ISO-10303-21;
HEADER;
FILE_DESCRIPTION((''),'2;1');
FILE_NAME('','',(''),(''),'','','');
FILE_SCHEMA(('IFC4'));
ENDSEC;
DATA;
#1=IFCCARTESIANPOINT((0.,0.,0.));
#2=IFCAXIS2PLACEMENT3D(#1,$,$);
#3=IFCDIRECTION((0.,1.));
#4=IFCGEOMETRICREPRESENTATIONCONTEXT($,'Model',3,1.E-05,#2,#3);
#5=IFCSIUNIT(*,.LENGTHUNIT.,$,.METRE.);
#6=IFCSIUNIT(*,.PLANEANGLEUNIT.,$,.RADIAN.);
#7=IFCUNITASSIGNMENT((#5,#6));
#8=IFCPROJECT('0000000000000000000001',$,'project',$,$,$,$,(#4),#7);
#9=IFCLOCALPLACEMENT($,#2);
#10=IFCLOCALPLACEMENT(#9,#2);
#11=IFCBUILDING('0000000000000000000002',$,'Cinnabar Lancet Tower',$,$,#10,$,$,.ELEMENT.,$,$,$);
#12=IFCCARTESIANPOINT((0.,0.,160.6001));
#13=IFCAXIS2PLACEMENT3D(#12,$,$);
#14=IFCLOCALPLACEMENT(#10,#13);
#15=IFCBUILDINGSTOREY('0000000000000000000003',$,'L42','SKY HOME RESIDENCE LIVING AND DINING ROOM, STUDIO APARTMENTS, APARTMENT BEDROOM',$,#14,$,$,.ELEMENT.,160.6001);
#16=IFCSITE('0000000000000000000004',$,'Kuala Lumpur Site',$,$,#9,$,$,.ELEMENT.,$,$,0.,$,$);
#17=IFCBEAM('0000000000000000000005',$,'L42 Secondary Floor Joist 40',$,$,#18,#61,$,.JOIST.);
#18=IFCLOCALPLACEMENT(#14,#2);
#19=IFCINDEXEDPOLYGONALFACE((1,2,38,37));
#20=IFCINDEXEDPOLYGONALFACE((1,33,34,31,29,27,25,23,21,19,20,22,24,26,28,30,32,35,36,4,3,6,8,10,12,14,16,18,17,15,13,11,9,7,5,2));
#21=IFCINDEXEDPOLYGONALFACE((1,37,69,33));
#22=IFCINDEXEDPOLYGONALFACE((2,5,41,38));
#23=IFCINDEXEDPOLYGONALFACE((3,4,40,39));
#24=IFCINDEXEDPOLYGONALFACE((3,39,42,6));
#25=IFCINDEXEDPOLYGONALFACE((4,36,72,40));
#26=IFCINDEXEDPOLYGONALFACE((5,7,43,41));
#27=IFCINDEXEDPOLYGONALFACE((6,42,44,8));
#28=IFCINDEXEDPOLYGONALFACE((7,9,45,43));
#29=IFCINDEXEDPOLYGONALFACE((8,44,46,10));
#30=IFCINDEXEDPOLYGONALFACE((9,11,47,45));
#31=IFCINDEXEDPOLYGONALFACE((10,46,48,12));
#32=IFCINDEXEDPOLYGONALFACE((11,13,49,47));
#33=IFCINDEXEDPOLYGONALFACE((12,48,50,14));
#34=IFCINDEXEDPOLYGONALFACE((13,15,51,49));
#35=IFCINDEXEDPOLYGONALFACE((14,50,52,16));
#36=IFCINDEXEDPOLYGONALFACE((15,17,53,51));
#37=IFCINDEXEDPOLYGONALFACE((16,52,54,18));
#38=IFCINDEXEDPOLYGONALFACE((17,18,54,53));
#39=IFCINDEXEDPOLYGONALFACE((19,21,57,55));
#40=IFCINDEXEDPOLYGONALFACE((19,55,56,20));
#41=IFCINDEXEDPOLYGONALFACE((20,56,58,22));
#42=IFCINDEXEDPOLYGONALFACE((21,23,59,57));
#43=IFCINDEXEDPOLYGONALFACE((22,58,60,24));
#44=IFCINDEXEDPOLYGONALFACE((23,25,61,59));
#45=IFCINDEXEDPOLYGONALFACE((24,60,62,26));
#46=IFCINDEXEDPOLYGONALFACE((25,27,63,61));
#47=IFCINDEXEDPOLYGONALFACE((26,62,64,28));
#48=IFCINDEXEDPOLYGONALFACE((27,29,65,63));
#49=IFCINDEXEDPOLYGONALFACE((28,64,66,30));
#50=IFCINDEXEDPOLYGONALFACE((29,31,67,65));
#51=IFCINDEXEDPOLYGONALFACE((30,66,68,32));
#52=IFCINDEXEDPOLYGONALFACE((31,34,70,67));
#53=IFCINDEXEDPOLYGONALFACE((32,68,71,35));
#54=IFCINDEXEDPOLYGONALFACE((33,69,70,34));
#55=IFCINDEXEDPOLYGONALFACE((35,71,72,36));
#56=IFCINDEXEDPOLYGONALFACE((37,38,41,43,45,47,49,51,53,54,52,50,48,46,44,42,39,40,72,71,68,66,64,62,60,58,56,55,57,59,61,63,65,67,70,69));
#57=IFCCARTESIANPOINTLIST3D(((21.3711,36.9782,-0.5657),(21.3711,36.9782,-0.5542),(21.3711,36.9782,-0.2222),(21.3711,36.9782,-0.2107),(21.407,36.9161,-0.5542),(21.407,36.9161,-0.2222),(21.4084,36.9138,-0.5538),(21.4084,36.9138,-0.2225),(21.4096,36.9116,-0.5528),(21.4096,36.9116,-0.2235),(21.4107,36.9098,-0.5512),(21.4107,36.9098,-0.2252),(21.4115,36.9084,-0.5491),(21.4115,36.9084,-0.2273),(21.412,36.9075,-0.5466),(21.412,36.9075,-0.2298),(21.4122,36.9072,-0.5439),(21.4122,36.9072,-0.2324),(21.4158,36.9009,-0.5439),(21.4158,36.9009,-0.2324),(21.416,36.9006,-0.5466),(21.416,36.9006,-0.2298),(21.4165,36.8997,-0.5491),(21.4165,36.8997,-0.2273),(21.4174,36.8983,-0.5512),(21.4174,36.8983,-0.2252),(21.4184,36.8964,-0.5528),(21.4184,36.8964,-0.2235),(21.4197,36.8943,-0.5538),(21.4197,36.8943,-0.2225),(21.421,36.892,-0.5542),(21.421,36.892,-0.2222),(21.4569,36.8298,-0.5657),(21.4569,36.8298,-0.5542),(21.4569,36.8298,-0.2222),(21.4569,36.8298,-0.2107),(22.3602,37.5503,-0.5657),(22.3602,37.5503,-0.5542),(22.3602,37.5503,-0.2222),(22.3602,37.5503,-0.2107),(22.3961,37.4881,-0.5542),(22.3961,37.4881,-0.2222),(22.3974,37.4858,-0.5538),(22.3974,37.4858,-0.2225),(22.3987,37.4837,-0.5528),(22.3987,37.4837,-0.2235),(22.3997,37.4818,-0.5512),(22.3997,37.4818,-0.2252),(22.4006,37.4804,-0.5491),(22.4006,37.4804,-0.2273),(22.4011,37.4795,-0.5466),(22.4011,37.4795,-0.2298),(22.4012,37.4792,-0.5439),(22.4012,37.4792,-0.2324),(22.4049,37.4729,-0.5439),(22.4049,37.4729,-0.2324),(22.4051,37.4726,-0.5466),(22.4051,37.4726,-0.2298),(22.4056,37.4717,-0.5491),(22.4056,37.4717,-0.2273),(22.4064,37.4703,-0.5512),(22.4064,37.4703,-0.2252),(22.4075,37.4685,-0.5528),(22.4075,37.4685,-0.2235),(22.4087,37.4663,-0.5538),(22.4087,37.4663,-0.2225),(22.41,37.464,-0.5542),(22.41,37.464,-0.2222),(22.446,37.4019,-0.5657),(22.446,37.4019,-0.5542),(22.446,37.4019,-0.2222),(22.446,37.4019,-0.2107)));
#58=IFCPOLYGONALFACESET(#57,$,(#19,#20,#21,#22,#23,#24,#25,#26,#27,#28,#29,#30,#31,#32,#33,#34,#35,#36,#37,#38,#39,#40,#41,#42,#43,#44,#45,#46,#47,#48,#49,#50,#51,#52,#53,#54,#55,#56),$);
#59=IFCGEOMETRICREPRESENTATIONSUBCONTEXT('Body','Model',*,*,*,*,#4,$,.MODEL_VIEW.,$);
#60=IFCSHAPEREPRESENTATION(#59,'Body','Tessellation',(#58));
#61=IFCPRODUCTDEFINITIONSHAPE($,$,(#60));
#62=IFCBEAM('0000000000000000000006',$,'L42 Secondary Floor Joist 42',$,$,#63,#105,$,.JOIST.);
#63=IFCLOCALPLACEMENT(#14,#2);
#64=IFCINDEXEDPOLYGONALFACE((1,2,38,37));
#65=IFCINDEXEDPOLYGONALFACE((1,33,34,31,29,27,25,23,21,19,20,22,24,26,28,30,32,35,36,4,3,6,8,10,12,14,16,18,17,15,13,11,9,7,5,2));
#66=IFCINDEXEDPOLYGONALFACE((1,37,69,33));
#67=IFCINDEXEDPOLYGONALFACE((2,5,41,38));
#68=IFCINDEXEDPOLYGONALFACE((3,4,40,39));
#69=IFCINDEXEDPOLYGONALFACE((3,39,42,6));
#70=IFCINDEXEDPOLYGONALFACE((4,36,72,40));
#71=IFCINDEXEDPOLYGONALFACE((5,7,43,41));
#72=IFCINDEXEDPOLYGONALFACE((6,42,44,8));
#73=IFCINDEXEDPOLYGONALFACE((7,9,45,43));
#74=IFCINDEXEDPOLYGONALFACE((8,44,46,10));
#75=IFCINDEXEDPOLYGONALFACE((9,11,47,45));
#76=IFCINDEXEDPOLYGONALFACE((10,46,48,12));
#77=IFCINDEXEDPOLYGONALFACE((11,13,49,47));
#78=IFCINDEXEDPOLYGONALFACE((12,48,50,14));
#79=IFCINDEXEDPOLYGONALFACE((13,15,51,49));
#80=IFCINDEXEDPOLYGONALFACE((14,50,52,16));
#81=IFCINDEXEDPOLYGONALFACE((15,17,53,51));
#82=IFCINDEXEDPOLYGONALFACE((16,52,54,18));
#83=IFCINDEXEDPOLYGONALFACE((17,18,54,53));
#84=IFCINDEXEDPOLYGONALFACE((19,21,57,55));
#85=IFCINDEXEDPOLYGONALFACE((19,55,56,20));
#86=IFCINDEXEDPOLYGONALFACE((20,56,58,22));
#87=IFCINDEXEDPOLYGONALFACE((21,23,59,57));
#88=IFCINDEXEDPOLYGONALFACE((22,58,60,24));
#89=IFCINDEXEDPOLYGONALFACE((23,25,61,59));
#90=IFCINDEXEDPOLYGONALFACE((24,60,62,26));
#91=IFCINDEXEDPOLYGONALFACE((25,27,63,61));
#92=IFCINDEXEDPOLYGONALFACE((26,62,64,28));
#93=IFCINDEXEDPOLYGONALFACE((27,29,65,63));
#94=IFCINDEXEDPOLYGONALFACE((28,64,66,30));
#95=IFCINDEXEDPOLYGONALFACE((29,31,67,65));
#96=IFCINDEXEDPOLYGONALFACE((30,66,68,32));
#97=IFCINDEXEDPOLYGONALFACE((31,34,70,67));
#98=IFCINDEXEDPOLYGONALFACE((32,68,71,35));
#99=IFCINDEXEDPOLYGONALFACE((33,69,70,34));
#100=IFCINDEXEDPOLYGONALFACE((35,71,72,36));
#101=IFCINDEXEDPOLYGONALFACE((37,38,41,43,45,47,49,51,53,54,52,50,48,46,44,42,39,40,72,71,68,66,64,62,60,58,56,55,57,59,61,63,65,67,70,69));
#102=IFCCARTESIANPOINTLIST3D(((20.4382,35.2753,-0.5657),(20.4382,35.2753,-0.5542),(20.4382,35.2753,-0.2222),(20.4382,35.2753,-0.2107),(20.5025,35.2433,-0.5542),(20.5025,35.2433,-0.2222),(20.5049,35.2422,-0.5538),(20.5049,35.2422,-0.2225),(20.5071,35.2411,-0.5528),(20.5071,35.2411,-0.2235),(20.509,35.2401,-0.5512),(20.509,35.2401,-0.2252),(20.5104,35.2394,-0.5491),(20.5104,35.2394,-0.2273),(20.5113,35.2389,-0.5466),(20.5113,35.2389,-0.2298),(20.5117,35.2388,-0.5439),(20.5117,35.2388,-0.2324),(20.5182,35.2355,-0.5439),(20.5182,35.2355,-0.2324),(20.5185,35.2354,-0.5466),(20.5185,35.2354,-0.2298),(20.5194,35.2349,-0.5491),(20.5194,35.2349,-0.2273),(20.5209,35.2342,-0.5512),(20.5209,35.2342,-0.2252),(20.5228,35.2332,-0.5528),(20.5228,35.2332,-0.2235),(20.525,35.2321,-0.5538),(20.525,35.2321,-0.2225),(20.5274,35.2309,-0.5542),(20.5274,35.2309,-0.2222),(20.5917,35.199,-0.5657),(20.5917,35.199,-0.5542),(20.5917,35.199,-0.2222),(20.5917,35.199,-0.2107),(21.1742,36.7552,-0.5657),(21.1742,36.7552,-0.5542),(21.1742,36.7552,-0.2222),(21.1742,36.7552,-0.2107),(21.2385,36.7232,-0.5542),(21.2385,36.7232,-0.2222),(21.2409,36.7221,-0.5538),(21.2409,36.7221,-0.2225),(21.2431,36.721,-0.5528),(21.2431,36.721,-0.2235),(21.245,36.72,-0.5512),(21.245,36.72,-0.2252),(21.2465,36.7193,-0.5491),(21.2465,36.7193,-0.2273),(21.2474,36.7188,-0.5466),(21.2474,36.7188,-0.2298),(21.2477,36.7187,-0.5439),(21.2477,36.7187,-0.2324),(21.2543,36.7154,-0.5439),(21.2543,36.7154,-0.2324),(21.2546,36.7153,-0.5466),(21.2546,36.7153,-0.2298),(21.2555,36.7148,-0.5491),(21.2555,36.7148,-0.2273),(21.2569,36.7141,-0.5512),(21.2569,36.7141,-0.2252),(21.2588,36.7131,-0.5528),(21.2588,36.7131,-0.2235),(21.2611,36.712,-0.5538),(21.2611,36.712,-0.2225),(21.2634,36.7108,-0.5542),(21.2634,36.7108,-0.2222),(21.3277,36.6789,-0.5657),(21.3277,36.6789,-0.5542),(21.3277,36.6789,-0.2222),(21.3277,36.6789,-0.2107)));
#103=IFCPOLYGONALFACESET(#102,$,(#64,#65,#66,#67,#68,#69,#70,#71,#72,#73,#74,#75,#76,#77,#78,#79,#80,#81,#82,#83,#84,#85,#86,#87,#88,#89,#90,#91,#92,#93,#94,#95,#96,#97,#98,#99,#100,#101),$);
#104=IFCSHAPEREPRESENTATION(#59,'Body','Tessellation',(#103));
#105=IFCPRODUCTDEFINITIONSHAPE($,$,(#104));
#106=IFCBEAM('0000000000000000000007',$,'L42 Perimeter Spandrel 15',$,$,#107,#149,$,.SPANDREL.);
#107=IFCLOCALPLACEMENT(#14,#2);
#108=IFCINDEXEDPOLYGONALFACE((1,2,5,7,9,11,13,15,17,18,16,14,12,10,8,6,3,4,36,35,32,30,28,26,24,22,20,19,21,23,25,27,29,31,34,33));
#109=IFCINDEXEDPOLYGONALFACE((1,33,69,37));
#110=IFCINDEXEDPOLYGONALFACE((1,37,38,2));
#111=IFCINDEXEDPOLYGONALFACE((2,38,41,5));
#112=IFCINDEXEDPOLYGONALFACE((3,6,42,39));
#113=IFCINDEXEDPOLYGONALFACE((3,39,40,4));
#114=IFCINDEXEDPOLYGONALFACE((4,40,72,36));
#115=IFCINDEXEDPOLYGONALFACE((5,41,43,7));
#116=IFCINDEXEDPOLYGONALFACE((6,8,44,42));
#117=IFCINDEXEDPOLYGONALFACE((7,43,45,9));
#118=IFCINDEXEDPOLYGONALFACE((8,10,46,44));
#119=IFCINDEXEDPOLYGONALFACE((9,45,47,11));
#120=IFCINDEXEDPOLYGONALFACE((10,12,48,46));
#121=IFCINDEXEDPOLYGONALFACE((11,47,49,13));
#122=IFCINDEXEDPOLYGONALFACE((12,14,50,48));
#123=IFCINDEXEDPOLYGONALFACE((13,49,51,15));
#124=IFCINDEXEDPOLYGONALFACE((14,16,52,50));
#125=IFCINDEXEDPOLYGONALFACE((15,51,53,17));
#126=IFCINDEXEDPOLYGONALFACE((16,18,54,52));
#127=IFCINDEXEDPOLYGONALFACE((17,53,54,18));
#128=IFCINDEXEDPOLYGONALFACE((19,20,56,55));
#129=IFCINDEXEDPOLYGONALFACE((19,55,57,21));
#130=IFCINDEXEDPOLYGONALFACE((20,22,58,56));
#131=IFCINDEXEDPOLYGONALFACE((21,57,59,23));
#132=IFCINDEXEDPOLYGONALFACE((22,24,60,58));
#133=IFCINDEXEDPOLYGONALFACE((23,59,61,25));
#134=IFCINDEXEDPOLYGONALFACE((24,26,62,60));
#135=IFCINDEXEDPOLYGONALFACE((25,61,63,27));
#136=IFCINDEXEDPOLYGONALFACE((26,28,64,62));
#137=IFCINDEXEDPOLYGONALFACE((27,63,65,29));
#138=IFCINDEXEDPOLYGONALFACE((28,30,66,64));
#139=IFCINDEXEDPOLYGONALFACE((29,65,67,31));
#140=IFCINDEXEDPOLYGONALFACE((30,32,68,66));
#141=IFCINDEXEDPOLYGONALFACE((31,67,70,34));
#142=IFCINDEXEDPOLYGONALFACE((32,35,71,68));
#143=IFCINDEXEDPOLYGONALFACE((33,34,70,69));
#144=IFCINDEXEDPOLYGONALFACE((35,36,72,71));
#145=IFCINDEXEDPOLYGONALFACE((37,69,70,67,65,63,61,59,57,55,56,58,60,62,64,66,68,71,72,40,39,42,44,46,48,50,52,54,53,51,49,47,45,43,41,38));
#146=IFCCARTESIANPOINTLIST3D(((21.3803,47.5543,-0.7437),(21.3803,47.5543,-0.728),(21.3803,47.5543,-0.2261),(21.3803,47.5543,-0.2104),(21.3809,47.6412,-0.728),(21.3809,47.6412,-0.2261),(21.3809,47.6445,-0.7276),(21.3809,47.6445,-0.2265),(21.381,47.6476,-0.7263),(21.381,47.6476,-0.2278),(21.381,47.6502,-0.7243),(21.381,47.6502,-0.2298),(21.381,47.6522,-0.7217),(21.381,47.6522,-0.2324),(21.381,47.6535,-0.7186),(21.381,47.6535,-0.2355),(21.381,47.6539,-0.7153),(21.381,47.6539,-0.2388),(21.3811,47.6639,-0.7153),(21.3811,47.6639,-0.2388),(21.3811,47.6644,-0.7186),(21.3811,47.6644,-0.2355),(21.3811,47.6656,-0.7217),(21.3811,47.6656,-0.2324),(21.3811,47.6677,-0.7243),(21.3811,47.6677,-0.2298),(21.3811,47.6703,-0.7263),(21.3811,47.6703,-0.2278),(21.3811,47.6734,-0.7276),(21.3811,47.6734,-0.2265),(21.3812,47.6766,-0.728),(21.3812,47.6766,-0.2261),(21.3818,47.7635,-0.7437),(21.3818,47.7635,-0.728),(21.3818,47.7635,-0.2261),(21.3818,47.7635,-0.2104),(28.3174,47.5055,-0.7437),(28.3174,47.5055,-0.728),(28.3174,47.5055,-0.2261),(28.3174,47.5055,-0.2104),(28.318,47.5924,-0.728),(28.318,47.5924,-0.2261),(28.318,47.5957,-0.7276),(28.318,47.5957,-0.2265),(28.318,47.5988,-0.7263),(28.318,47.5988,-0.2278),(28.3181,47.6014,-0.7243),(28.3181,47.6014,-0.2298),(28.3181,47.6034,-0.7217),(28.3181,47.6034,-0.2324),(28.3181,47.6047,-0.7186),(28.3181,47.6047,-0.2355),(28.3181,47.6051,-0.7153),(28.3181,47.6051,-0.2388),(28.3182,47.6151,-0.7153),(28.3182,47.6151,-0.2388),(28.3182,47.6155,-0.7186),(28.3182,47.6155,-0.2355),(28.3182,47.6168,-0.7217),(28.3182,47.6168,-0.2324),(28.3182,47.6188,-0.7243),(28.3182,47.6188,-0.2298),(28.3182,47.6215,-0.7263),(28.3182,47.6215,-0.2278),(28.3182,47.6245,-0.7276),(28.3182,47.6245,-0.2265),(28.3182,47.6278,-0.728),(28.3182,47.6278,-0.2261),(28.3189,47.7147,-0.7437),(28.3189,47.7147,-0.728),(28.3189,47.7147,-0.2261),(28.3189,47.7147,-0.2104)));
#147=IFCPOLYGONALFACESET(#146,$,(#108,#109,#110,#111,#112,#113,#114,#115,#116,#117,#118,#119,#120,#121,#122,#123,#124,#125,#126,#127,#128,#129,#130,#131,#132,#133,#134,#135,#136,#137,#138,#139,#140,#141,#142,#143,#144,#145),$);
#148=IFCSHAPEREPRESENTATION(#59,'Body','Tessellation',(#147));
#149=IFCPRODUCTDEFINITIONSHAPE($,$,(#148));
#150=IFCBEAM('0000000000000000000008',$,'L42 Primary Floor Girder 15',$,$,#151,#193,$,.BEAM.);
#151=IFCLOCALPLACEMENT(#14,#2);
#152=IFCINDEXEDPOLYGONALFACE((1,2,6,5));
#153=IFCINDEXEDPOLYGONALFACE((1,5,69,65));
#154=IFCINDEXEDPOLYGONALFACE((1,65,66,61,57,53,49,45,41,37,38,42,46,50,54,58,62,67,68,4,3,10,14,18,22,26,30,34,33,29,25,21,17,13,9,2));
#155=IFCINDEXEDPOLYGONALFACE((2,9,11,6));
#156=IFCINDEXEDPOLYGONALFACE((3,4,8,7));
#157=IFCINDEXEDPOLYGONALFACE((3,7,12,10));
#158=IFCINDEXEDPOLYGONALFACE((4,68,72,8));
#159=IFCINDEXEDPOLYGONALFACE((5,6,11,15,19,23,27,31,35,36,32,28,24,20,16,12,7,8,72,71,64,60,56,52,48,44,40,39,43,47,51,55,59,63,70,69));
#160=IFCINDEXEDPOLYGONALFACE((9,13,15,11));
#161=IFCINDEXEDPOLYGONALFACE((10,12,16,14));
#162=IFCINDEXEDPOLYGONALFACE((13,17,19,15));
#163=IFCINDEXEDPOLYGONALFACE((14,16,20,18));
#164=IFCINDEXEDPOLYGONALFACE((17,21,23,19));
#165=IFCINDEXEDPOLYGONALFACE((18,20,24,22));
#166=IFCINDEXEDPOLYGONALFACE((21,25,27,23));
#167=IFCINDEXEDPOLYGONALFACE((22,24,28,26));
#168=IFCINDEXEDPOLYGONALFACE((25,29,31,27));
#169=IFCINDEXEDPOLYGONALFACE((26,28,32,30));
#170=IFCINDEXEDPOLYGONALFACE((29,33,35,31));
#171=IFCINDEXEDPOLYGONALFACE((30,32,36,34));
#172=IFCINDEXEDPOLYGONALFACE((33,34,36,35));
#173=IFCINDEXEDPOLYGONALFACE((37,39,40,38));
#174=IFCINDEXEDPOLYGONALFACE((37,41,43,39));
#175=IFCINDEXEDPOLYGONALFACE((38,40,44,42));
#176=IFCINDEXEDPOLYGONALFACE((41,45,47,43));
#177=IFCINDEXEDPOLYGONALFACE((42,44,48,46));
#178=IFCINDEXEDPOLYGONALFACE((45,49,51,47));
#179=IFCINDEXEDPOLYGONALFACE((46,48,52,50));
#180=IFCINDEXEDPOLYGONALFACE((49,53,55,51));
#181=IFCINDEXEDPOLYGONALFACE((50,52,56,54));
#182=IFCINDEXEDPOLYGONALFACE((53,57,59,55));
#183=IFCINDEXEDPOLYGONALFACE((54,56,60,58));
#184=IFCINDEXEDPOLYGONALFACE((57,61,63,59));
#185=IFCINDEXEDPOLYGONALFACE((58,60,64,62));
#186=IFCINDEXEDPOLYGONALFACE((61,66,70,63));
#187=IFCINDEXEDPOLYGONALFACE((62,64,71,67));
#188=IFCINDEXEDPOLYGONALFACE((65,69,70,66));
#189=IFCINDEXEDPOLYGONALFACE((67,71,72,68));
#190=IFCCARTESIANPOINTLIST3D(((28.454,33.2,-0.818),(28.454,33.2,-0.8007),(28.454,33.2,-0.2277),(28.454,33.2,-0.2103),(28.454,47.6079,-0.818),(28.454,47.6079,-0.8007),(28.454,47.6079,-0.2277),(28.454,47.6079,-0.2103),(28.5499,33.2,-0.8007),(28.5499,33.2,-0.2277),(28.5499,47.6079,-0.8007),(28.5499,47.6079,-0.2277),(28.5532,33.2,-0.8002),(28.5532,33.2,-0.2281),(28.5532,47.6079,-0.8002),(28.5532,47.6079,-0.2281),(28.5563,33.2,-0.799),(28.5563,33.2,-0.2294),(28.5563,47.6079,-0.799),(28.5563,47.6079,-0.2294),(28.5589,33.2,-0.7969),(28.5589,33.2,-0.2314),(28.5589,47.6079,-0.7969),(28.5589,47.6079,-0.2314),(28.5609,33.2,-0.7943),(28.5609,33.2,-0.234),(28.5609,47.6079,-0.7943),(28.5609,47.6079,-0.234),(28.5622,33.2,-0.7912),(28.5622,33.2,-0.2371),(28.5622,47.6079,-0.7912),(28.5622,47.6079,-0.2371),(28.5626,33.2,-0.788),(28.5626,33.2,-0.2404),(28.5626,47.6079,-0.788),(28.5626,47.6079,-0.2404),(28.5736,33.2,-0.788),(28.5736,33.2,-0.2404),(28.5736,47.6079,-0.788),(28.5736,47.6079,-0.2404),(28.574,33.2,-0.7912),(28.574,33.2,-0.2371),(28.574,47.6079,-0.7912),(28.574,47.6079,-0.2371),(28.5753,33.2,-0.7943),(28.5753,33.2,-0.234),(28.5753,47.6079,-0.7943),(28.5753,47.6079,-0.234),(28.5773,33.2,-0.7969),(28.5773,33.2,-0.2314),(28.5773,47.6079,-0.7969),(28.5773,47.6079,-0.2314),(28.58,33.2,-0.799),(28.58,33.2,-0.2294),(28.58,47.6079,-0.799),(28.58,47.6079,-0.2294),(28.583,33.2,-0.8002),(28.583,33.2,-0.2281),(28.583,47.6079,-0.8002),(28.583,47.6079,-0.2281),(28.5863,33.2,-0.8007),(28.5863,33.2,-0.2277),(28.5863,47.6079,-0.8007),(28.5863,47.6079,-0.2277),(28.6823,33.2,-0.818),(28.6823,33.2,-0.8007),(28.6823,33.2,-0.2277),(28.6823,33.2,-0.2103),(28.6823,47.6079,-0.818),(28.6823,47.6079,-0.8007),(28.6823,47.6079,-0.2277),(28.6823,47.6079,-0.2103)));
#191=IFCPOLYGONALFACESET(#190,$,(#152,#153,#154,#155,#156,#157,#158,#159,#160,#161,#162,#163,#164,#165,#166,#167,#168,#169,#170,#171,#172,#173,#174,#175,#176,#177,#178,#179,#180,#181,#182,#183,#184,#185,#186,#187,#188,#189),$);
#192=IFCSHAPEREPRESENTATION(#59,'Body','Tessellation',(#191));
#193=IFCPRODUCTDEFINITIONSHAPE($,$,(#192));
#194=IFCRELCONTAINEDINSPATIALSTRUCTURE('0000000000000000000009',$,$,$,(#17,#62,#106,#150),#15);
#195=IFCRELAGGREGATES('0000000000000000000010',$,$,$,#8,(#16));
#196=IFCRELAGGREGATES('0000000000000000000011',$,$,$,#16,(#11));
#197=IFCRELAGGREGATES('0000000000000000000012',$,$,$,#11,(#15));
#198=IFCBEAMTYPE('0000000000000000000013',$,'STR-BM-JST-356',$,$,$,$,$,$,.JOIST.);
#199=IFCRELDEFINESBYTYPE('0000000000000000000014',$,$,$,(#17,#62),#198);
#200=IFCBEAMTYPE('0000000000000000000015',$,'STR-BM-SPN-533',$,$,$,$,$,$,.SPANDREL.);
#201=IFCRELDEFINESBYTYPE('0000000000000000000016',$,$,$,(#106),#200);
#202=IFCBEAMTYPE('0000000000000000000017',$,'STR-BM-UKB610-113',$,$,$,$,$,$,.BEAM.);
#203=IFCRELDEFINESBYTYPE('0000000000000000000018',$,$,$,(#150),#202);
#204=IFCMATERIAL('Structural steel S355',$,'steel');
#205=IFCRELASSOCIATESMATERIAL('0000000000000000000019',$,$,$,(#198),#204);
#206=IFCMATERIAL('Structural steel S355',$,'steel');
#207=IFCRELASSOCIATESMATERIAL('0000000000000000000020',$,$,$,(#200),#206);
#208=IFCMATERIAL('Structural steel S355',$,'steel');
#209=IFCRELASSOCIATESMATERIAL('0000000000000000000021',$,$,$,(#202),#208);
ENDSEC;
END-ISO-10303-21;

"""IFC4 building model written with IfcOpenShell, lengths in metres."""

from ifc_helpers import new_model, si_unit, direction, frame, origin, origin_2d, place, context, subcontext, project, spatial, i_section, extrude, material, material_profile, profile_set, type_object, element, save


model = new_model("IFC4")

# Units and contexts
model_context = context("Model", 3, precision=1e-05, world=origin(), true_north=direction((0.0, 1.0)))
body_context = subcontext(model_context, "Body", "Model", "MODEL_VIEW")
ifc_project = project(units=[si_unit("LENGTHUNIT", "METRE"), si_unit("PLANEANGLEUNIT", "RADIAN")], contexts=[model_context])

# Site, building, storey
site_placement = place(None, origin())
site = spatial("IfcSite", under=ifc_project, at=site_placement, Name="Kuala Lumpur Site", CompositionType="ELEMENT", RefElevation=0.0)
building_placement = place(site_placement, origin())
building = spatial("IfcBuilding", under=site, at=building_placement, Name="Cinnabar Lancet Tower", CompositionType="ELEMENT")
storey_placement = place(building_placement, frame((0.0, 0.0, 160.6001)))
storey = spatial("IfcBuildingStorey", under=building, at=storey_placement, Name="L42", Description="SKY HOME RESIDENCE LIVING AND DINING ROOM, STUDIO APARTMENTS, APARTMENT BEDROOM", CompositionType="ELEMENT", Elevation=160.6001)

# Beams
ifc_material_1 = material(Name="Structural steel S355", Category="steel")
ifc_material_profile_1 = material_profile(ifc_material_1, i_section(OverallWidth=0.1714, OverallDepth=0.355, WebThickness=0.0073, FlangeThickness=0.0115, FilletRadius=0.0103, at=origin_2d()), Name="UKB 356x171x51")
ifc_profile_set_1 = profile_set([ifc_material_profile_1], Name="Structural steel S355")
beam_type_1 = type_object("IfcBeamType", Name="STR-BM-JST-356", PredefinedType="JOIST", material=ifc_profile_set_1)
beam_1_placement = place(storey_placement, frame((22.4031, 37.4761, -0.3882), z_axis=(-0.865641, -0.500666, 0.0), x_axis=(0.500666, -0.865641, 0.0)))
element("IfcBeam", 1, at=beam_1_placement, inside=storey, type_object=beam_type_1, Name="L42 Secondary Floor Joist 40", PredefinedType="JOIST", context=body_context, shape_type="SweptSolid", body=[
    extrude(i_section(OverallWidth=0.1714, OverallDepth=0.355, WebThickness=0.0073, FlangeThickness=0.0115, FilletRadius=0.0103, at=origin_2d()), origin(), (0.0, 0.0, 1.0), 1.1426),
])
beam_2_placement = place(storey_placement, frame((21.251, 36.717, -0.3882), z_axis=(-0.445322, -0.89537, 0.0), x_axis=(0.89537, -0.445322, 0.0)))
element("IfcBeam", 2, at=beam_2_placement, inside=storey, type_object=beam_type_1, Name="L42 Secondary Floor Joist 42", PredefinedType="JOIST", context=body_context, shape_type="SweptSolid", body=[
    extrude(i_section(OverallWidth=0.1714, OverallDepth=0.355, WebThickness=0.0073, FlangeThickness=0.0115, FilletRadius=0.0103, at=origin_2d()), origin(), (0.0, 0.0, 1.0), 1.6528),
])
ifc_material_2 = material(Name="Structural steel S355", Category="steel")
ifc_material_profile_2 = material_profile(ifc_material_2, i_section(OverallWidth=0.2092, OverallDepth=0.5332, WebThickness=0.01, FlangeThickness=0.0156, FilletRadius=0.0127, at=origin_2d()), Name="UKB 533x210x92")
ifc_profile_set_2 = profile_set([ifc_material_profile_2], Name="Structural steel S355")
beam_type_2 = type_object("IfcBeamType", Name="STR-BM-SPN-533", PredefinedType="SPANDREL", material=ifc_profile_set_2)
beam_3_placement = place(storey_placement, frame((28.3181, 47.6101, -0.4771), z_axis=(-0.999975, 0.007039, 0.0), x_axis=(-0.007039, -0.999975, 0.0)))
element("IfcBeam", 3, at=beam_3_placement, inside=storey, type_object=beam_type_2, Name="L42 Perimeter Spandrel 15", PredefinedType="SPANDREL", context=body_context, shape_type="SweptSolid", body=[
    extrude(i_section(OverallWidth=0.2092, OverallDepth=0.5332, WebThickness=0.01, FlangeThickness=0.0156, FilletRadius=0.0127, at=origin_2d()), origin(), (0.0, 0.0, 1.0), 6.9373),
])
ifc_material_3 = material(Name="Structural steel S355", Category="steel")
ifc_material_profile_3 = material_profile(ifc_material_3, i_section(OverallWidth=0.2283, OverallDepth=0.6077, WebThickness=0.011, FlangeThickness=0.0173, FilletRadius=0.0127, at=origin_2d()), Name="UKB 610x229x113")
ifc_profile_set_3 = profile_set([ifc_material_profile_3], Name="Structural steel S355")
beam_type_3 = type_object("IfcBeamType", Name="STR-BM-UKB610-113", PredefinedType="BEAM", material=ifc_profile_set_3)
beam_4_placement = place(storey_placement, frame((28.5681, 47.6079, -0.5142), z_axis=(0.0, -1.0, 0.0), x_axis=(1.0, 0.0, 0.0)))
element("IfcBeam", 4, at=beam_4_placement, inside=storey, type_object=beam_type_3, Name="L42 Primary Floor Girder 15", PredefinedType="BEAM", context=body_context, shape_type="SweptSolid", body=[
    extrude(i_section(OverallWidth=0.2283, OverallDepth=0.6077, WebThickness=0.011, FlangeThickness=0.0173, FilletRadius=0.0127, at=origin_2d()), origin(), (0.0, 0.0, 1.0), 14.408),
])

save(model, "model.ifc")
